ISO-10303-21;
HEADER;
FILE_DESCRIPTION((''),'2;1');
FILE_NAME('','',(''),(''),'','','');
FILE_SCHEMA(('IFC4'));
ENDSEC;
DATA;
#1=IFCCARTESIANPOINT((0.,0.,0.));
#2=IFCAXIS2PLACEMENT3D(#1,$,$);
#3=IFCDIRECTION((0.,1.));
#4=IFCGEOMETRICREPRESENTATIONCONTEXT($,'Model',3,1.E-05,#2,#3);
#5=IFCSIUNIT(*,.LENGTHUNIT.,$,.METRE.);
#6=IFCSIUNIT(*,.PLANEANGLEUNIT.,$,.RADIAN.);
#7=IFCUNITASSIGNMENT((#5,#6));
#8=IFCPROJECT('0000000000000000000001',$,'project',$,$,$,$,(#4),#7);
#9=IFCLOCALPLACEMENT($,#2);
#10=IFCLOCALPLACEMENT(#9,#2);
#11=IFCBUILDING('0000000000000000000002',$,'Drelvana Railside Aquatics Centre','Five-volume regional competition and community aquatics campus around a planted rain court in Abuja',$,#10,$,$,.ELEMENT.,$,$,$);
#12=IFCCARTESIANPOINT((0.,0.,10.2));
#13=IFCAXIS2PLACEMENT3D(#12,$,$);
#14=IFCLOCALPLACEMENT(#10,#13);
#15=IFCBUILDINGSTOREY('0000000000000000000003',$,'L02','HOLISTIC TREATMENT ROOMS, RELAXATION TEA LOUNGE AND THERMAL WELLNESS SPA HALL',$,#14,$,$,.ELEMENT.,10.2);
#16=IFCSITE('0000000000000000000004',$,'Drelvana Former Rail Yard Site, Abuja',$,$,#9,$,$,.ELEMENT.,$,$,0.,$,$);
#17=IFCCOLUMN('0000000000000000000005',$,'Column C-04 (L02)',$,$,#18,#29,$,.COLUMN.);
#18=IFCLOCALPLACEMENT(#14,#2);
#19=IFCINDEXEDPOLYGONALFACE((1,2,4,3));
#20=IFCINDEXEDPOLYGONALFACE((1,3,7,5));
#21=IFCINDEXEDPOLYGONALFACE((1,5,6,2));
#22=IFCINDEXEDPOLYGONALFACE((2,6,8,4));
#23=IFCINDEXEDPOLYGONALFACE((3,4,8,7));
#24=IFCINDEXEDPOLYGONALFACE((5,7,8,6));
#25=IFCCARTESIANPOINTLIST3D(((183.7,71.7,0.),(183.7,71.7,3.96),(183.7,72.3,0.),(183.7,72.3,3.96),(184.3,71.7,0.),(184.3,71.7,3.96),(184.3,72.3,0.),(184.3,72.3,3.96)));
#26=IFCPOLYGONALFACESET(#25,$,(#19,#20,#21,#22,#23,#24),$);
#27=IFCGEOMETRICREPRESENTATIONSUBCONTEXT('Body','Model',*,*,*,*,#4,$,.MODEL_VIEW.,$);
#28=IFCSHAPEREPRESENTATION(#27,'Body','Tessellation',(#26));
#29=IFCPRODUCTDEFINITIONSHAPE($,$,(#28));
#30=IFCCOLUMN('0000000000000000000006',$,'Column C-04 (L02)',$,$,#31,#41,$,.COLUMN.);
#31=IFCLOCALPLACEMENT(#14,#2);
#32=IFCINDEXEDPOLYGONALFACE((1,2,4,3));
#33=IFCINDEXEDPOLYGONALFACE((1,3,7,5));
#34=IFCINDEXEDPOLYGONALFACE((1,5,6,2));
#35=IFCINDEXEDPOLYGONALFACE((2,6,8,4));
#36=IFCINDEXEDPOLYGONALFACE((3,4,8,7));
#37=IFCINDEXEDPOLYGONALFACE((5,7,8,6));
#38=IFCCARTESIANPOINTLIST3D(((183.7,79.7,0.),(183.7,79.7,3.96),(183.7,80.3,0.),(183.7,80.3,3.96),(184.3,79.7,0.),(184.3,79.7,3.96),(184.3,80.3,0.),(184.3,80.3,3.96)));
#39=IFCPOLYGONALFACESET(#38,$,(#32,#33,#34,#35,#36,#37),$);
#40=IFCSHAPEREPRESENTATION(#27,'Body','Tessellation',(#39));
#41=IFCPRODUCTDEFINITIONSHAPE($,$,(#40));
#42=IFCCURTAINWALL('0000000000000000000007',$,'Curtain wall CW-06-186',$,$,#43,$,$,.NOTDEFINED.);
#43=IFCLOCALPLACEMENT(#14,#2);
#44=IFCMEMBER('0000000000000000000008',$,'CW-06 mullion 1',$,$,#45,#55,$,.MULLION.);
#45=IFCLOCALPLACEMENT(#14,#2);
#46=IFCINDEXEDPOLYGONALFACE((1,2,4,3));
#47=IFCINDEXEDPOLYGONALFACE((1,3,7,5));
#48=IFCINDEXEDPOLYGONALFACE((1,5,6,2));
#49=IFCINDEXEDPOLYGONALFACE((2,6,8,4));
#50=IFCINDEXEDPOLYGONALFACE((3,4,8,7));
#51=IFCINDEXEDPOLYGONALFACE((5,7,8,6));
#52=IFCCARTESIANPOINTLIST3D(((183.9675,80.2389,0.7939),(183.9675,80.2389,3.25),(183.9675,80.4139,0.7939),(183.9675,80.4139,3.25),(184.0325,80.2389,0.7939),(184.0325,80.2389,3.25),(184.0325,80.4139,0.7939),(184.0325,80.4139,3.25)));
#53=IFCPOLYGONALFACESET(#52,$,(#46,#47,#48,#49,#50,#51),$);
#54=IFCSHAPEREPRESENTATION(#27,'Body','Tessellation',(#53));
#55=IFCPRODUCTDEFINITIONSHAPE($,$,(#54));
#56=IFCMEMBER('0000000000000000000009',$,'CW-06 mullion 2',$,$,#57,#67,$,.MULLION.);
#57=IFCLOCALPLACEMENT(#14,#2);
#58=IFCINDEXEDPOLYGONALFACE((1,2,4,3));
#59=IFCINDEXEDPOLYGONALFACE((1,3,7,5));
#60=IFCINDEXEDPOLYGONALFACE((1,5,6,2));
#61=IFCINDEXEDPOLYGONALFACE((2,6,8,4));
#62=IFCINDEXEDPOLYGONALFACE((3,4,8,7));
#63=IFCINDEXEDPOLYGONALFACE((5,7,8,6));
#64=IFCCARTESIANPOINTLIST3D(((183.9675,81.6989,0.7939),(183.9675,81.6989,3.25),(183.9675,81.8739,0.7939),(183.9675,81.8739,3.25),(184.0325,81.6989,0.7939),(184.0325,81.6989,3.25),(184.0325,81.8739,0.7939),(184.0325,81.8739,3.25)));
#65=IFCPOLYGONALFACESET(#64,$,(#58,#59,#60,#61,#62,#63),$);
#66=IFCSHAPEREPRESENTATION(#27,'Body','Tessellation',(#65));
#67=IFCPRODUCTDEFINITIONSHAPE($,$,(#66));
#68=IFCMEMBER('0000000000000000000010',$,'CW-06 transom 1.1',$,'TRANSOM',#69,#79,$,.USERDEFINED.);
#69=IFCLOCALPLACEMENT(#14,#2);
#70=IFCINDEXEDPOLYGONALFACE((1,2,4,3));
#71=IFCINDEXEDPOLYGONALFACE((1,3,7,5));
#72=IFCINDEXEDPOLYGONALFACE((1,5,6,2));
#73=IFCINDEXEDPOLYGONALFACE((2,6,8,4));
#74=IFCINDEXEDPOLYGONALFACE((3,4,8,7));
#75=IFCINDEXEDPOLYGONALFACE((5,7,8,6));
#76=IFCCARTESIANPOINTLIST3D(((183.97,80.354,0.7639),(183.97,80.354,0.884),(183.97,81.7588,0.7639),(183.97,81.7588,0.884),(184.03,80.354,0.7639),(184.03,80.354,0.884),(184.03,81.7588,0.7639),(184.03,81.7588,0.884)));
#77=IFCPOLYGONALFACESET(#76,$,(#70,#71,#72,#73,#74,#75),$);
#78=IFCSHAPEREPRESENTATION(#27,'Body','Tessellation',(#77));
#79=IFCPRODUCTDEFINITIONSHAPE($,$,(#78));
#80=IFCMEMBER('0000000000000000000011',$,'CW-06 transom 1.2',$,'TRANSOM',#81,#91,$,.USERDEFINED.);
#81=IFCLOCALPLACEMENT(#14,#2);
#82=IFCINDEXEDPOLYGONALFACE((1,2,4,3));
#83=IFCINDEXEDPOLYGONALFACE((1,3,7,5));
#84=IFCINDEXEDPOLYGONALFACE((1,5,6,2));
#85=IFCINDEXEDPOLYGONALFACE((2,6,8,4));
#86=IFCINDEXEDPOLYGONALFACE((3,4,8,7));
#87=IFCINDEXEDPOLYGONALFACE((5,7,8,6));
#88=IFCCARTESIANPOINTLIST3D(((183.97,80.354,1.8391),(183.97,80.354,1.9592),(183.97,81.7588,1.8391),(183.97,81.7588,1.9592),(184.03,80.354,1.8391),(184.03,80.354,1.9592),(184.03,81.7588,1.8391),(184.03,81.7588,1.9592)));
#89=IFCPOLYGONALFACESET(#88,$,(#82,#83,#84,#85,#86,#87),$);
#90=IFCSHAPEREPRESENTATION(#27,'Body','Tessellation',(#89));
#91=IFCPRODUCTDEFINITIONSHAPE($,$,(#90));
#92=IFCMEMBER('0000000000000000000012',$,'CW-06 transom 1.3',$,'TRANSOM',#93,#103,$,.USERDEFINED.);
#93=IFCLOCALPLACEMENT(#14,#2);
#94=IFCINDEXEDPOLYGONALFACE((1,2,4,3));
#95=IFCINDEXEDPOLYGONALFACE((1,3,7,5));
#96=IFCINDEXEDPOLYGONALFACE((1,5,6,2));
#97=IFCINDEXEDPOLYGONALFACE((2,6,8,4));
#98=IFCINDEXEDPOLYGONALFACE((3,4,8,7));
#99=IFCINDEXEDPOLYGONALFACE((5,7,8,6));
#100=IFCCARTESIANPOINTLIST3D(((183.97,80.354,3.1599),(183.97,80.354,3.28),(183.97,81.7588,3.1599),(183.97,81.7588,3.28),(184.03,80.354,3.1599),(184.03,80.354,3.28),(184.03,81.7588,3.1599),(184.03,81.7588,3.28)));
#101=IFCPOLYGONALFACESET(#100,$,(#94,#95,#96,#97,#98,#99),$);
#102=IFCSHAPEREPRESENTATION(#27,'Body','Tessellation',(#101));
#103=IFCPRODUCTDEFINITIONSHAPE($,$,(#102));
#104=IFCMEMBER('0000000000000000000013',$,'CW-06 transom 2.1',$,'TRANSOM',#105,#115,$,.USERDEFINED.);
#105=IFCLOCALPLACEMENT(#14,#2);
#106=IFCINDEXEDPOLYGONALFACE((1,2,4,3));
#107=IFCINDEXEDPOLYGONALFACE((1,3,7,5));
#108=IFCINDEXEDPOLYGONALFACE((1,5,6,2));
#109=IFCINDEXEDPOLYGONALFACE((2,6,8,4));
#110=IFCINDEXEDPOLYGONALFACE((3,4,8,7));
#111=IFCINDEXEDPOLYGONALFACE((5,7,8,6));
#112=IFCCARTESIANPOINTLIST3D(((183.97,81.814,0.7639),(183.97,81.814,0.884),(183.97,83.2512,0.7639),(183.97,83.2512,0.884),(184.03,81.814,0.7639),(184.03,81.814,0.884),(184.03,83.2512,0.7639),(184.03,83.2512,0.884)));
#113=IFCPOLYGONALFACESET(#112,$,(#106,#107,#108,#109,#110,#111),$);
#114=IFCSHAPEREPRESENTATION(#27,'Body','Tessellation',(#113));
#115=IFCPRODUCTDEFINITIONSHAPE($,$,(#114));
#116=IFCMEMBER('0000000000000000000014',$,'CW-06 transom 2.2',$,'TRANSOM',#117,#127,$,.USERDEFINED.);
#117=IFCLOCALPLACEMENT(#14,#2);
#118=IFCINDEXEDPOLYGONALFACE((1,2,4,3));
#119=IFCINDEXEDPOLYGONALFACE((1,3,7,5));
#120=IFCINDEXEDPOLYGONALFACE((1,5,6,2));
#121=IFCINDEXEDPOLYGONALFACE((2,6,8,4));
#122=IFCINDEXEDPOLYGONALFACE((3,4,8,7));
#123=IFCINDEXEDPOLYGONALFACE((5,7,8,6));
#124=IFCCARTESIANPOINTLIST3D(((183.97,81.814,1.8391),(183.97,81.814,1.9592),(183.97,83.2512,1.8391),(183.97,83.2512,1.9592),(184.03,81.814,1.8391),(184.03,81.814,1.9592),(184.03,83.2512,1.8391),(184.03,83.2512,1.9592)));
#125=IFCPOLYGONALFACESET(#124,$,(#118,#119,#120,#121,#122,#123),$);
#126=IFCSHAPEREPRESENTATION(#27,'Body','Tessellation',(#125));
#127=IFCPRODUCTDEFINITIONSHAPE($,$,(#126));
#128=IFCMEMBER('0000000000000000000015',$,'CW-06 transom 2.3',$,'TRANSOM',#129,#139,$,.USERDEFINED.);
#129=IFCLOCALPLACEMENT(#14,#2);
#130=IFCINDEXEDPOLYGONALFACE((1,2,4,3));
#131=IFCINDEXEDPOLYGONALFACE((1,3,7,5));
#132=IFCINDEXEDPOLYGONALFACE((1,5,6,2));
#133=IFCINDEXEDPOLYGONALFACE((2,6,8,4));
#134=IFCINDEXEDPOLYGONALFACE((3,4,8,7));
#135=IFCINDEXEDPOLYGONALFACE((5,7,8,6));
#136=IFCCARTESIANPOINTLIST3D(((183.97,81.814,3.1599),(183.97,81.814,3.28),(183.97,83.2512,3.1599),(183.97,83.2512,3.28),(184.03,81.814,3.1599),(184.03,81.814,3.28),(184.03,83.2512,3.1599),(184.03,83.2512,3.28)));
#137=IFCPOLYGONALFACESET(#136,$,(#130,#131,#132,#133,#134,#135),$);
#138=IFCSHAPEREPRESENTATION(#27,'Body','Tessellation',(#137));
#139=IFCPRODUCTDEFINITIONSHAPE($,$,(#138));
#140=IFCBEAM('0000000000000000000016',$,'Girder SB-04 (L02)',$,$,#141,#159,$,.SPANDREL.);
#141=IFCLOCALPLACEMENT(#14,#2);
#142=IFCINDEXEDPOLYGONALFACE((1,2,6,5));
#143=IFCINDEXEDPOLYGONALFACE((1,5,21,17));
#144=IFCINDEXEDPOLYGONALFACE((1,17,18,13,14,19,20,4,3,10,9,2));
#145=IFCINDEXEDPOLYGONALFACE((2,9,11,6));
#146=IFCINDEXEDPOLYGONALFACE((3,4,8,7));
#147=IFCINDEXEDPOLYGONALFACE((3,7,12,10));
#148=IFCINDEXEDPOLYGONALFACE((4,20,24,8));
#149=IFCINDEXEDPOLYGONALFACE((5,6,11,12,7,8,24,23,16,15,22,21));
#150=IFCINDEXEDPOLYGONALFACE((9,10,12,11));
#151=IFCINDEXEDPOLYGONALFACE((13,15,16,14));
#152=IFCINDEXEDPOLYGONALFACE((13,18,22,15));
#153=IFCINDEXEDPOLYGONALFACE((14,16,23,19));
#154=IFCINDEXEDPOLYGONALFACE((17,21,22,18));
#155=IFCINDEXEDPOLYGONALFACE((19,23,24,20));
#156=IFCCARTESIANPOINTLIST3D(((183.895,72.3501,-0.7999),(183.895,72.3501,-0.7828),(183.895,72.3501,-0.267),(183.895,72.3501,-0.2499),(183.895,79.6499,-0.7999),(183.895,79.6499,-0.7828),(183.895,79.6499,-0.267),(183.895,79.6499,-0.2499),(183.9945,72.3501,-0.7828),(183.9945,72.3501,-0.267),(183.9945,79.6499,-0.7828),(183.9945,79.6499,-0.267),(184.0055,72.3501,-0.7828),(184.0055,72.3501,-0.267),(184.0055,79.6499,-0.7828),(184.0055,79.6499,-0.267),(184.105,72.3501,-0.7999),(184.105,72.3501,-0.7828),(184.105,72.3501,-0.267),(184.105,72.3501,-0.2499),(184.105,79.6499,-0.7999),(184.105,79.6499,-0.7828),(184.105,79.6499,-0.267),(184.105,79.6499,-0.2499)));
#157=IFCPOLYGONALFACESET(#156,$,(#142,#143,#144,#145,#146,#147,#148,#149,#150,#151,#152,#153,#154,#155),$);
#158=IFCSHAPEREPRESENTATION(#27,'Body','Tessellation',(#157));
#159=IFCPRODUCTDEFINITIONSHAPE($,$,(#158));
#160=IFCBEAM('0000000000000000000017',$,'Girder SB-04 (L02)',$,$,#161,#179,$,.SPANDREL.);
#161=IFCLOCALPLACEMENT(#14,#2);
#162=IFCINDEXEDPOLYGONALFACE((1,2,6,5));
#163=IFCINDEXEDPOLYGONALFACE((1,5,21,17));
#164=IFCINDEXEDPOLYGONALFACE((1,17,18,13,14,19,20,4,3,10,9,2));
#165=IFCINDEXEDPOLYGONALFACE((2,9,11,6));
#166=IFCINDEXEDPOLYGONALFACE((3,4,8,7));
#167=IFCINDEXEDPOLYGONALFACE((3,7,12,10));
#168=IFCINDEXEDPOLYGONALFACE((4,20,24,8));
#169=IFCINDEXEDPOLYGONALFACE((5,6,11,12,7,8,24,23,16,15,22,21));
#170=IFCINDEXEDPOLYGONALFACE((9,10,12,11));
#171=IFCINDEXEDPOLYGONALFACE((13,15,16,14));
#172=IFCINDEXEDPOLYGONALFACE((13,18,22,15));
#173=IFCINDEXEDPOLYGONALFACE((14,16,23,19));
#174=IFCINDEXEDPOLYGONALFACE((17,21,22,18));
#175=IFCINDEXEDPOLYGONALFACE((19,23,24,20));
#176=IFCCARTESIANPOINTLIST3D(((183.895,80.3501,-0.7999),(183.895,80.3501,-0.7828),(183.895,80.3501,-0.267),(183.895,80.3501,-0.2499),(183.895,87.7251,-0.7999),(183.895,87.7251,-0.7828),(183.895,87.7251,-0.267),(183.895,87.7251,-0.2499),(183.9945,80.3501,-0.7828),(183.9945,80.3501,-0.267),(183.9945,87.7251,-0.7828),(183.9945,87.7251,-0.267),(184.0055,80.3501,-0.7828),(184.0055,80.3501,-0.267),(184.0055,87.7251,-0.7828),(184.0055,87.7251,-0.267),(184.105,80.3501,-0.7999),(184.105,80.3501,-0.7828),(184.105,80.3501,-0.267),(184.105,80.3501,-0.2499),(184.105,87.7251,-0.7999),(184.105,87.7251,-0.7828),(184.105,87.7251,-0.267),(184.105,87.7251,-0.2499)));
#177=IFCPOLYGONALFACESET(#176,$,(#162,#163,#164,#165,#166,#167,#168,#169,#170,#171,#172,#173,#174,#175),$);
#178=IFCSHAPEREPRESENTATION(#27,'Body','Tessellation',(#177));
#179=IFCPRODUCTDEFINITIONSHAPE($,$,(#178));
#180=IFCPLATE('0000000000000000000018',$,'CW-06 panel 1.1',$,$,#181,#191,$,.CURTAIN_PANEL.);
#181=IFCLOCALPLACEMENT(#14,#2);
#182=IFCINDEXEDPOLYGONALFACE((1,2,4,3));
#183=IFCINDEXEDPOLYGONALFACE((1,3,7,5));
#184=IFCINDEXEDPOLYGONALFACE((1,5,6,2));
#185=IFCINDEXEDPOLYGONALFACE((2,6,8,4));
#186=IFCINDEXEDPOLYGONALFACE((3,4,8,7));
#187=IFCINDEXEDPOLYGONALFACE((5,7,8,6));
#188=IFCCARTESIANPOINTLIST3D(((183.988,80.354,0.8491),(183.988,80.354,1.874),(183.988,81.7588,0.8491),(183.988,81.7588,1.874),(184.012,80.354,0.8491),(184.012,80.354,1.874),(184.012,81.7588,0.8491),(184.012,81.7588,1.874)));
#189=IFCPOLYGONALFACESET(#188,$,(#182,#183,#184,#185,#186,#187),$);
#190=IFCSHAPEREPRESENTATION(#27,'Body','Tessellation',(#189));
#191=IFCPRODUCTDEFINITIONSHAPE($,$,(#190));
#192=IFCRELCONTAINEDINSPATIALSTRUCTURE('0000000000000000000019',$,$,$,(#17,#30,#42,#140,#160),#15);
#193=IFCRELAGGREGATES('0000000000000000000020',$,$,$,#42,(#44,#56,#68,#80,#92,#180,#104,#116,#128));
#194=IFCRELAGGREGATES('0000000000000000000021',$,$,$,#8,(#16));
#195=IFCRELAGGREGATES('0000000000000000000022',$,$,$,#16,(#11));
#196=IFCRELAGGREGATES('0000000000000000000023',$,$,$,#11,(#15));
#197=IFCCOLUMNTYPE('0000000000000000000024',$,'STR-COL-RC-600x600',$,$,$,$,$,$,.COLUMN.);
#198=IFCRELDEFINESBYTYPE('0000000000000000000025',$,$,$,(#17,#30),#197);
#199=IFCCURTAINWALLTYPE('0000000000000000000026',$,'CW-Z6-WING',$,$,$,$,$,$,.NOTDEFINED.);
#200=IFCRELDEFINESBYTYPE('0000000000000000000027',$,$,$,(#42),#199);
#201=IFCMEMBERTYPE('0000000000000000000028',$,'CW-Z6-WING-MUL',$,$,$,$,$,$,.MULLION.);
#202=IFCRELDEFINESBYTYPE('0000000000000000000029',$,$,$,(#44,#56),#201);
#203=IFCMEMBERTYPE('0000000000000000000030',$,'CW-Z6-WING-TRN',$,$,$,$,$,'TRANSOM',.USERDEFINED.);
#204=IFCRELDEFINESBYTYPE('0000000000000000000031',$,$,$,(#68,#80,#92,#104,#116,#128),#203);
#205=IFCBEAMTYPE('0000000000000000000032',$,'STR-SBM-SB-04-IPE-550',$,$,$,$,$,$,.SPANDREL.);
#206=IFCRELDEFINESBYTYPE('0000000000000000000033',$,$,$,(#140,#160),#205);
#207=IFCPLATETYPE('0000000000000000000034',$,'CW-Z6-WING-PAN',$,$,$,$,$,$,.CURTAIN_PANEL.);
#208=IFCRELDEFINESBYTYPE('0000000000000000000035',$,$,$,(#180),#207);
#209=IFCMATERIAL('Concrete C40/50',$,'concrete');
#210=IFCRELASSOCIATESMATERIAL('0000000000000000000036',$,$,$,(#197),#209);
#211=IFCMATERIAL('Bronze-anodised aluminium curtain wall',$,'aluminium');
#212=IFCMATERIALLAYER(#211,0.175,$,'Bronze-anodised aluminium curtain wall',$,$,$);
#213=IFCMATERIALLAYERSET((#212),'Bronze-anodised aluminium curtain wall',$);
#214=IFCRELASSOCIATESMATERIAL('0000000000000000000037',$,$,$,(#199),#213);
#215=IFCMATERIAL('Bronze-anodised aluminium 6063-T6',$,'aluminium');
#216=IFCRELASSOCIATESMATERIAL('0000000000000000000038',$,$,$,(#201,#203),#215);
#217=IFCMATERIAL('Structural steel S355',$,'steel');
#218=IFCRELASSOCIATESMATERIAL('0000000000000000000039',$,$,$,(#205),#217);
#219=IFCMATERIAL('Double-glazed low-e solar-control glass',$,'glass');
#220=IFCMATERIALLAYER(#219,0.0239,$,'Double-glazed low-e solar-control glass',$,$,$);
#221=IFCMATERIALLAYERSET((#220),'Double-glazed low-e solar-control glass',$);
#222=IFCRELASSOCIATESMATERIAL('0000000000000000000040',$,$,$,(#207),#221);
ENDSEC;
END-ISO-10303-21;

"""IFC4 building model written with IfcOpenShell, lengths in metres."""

from ifc_helpers import new_model, si_unit, direction, frame, origin, origin_2d, place, context, subcontext, project, spatial, rectangle, i_section, extrude, material, layer, layer_set, material_profile, profile_set, type_object, element, aggregate, save


model = new_model("IFC4")

# Units and contexts
model_context = context("Model", 3, precision=1e-05, world=origin(), true_north=direction((0.0, 1.0)))
body_context = subcontext(model_context, "Body", "Model", "MODEL_VIEW")
ifc_project = project(units=[si_unit("LENGTHUNIT", "METRE"), si_unit("PLANEANGLEUNIT", "RADIAN")], contexts=[model_context])

# Site, building, storey
site_placement = place(None, origin())
site = spatial("IfcSite", under=ifc_project, at=site_placement, Name="Drelvana Former Rail Yard Site, Abuja", CompositionType="ELEMENT", RefElevation=0.0)
building_placement = place(site_placement, origin())
building = spatial("IfcBuilding", under=site, at=building_placement, Name="Drelvana Railside Aquatics Centre", Description="Five-volume regional competition and community aquatics campus around a planted rain court in Abuja", CompositionType="ELEMENT")
storey_placement = place(building_placement, frame((0.0, 0.0, 10.2)))
storey = spatial("IfcBuildingStorey", under=building, at=storey_placement, Name="L02", Description="HOLISTIC TREATMENT ROOMS, RELAXATION TEA LOUNGE AND THERMAL WELLNESS SPA HALL", CompositionType="ELEMENT", Elevation=10.2)

# Columns
ifc_material_1 = material(Name="Concrete C40/50", Category="concrete")
ifc_material_profile_1 = material_profile(ifc_material_1, rectangle(XDim=0.6001, YDim=0.6001, at=origin_2d()), Name="RC 600x600")
ifc_profile_set_1 = profile_set([ifc_material_profile_1], Name="Concrete C40/50")
column_type = type_object("IfcColumnType", Name="STR-COL-RC-600x600", PredefinedType="COLUMN", material=ifc_profile_set_1)
for number, where, z_axis, x_axis, name in (
    (1, (184.0, 72.0, 0.0), (0.0, 0.0, 1.0), (1.0, 0.0, 0.0), "Column C-04 (L02)"),
    (2, (184.0, 80.0, 0.0), (0.0, 0.0, 1.0), (1.0, 0.0, 0.0), "Column C-04 (L02)"),
):
    element("IfcColumn", number, at=place(storey_placement, frame(where, z_axis=z_axis, x_axis=x_axis)), inside=storey, type_object=column_type, Name=name, PredefinedType="COLUMN", context=body_context, shape_type="SweptSolid", body=[
        extrude(rectangle(XDim=0.6001, YDim=0.6001, at=origin_2d()), origin(), (0.0, 0.0, 1.0), 3.96),
    ])

# Curtain wall, members
ifc_material_2 = material(Name="Bronze-anodised aluminium curtain wall", Category="aluminium")
ifc_layer_1 = layer(ifc_material_2, 0.175, Name="Bronze-anodised aluminium curtain wall")
ifc_layer_set_1 = layer_set([ifc_layer_1], Name="Bronze-anodised aluminium curtain wall")
curtain_wall_type = type_object("IfcCurtainWallType", Name="CW-Z6-WING", PredefinedType="NOTDEFINED", material=ifc_layer_set_1)
curtain_wall_placement = place(storey_placement, origin())
curtain_wall = element("IfcCurtainWall", 3, at=curtain_wall_placement, inside=storey, type_object=curtain_wall_type, Name="Curtain wall CW-06-186", PredefinedType="NOTDEFINED")
ifc_material_3 = material(Name="Bronze-anodised aluminium 6063-T6", Category="aluminium")
ifc_material_profile_2 = material_profile(ifc_material_3, rectangle(XDim=0.0649, YDim=0.175, at=origin_2d()), Name="ALU-M 65x175")
ifc_profile_set_2 = profile_set([ifc_material_profile_2], Name="Bronze-anodised aluminium 6063-T6")
member_type_1 = type_object("IfcMemberType", Name="CW-Z6-WING-MUL", PredefinedType="MULLION", material=ifc_profile_set_2)
member_1_placement = place(storey_placement, frame((184.0, 80.3264, 0.7939), z_axis=(0.0, 0.0, 1.0), x_axis=(-1.0, 0.0, 0.0)))
member_1 = element("IfcMember", 4, at=member_1_placement, type_object=member_type_1, Name="CW-06 mullion 1", PredefinedType="MULLION", context=body_context, shape_type="SweptSolid", body=[
    extrude(rectangle(XDim=0.0649, YDim=0.175, at=origin_2d()), origin(), (0.0, 0.0, 1.0), 2.4561),
])
member_2_placement = place(storey_placement, frame((184.0, 81.7864, 0.7939), z_axis=(0.0, 0.0, 1.0), x_axis=(-1.0, 0.0, 0.0)))
member_2 = element("IfcMember", 5, at=member_2_placement, type_object=member_type_1, Name="CW-06 mullion 2", PredefinedType="MULLION", context=body_context, shape_type="SweptSolid", body=[
    extrude(rectangle(XDim=0.0649, YDim=0.175, at=origin_2d()), origin(), (0.0, 0.0, 1.0), 2.4561),
])
ifc_material_profile_3 = material_profile(ifc_material_3, rectangle(XDim=0.1201, YDim=0.0601, at=origin_2d()), Name="ALU-T 60x120")
ifc_profile_set_3 = profile_set([ifc_material_profile_3], Name="Bronze-anodised aluminium 6063-T6")
member_type_2 = type_object("IfcMemberType", Name="CW-Z6-WING-TRN", ElementType="TRANSOM", PredefinedType="USERDEFINED", material=ifc_profile_set_3)
member_3_placement = place(storey_placement, frame((184.0, 80.354, 0.824), z_axis=(0.0, 1.0, 0.0), x_axis=(0.0, 0.0, 1.0)))
member_3 = element("IfcMember", 6, at=member_3_placement, type_object=member_type_2, Name="CW-06 transom 1.1", ObjectType="TRANSOM", PredefinedType="USERDEFINED", context=body_context, shape_type="SweptSolid", body=[
    extrude(rectangle(XDim=0.1201, YDim=0.0601, at=origin_2d()), origin(), (0.0, 0.0, 1.0), 1.4048),
])
member_4_placement = place(storey_placement, frame((184.0, 80.354, 1.8992), z_axis=(0.0, 1.0, 0.0), x_axis=(0.0, 0.0, 1.0)))
member_4 = element("IfcMember", 7, at=member_4_placement, type_object=member_type_2, Name="CW-06 transom 1.2", ObjectType="TRANSOM", PredefinedType="USERDEFINED", context=body_context, shape_type="SweptSolid", body=[
    extrude(rectangle(XDim=0.1201, YDim=0.0601, at=origin_2d()), origin(), (0.0, 0.0, 1.0), 1.4048),
])
member_5_placement = place(storey_placement, frame((184.0, 80.354, 3.22), z_axis=(0.0, 1.0, 0.0), x_axis=(0.0, 0.0, 1.0)))
member_5 = element("IfcMember", 8, at=member_5_placement, type_object=member_type_2, Name="CW-06 transom 1.3", ObjectType="TRANSOM", PredefinedType="USERDEFINED", context=body_context, shape_type="SweptSolid", body=[
    extrude(rectangle(XDim=0.1201, YDim=0.0601, at=origin_2d()), origin(), (0.0, 0.0, 1.0), 1.4048),
])
member_6_placement = place(storey_placement, frame((184.0, 81.814, 0.824), z_axis=(0.0, 1.0, 0.0), x_axis=(0.0, 0.0, 1.0)))
member_6 = element("IfcMember", 9, at=member_6_placement, type_object=member_type_2, Name="CW-06 transom 2.1", ObjectType="TRANSOM", PredefinedType="USERDEFINED", context=body_context, shape_type="SweptSolid", body=[
    extrude(rectangle(XDim=0.1201, YDim=0.0601, at=origin_2d()), origin(), (0.0, 0.0, 1.0), 1.4373),
])
member_7_placement = place(storey_placement, frame((184.0, 81.814, 1.8992), z_axis=(0.0, 1.0, 0.0), x_axis=(0.0, 0.0, 1.0)))
member_7 = element("IfcMember", 10, at=member_7_placement, type_object=member_type_2, Name="CW-06 transom 2.2", ObjectType="TRANSOM", PredefinedType="USERDEFINED", context=body_context, shape_type="SweptSolid", body=[
    extrude(rectangle(XDim=0.1201, YDim=0.0601, at=origin_2d()), origin(), (0.0, 0.0, 1.0), 1.4373),
])
member_8_placement = place(storey_placement, frame((184.0, 81.814, 3.22), z_axis=(0.0, 1.0, 0.0), x_axis=(0.0, 0.0, 1.0)))
member_8 = element("IfcMember", 11, at=member_8_placement, type_object=member_type_2, Name="CW-06 transom 2.3", ObjectType="TRANSOM", PredefinedType="USERDEFINED", context=body_context, shape_type="SweptSolid", body=[
    extrude(rectangle(XDim=0.1201, YDim=0.0601, at=origin_2d()), origin(), (0.0, 0.0, 1.0), 1.4373),
])

# Beams
ifc_material_4 = material(Name="Structural steel S355", Category="steel")
ifc_material_profile_4 = material_profile(ifc_material_4, i_section(OverallWidth=0.21, OverallDepth=0.55, WebThickness=0.011, FlangeThickness=0.0171, at=origin_2d()), Name="IPE 550")
ifc_profile_set_4 = profile_set([ifc_material_profile_4], Name="Structural steel S355")
beam_type = type_object("IfcBeamType", Name="STR-SBM-SB-04-IPE-550", PredefinedType="SPANDREL", material=ifc_profile_set_4)
beam_1_placement = place(storey_placement, frame((184.0, 72.3501, -0.5249), z_axis=(0.0, 1.0, 0.0), x_axis=(-1.0, 0.0, 0.0)))
element("IfcBeam", 12, at=beam_1_placement, inside=storey, type_object=beam_type, Name="Girder SB-04 (L02)", PredefinedType="SPANDREL", context=body_context, shape_type="SweptSolid", body=[
    extrude(i_section(OverallWidth=0.21, OverallDepth=0.55, WebThickness=0.011, FlangeThickness=0.0171, at=origin_2d()), origin(), (0.0, 0.0, 1.0), 7.2998),
])
beam_2_placement = place(storey_placement, frame((184.0, 80.3501, -0.5249), z_axis=(0.0, 1.0, 0.0), x_axis=(-1.0, 0.0, 0.0)))
element("IfcBeam", 13, at=beam_2_placement, inside=storey, type_object=beam_type, Name="Girder SB-04 (L02)", PredefinedType="SPANDREL", context=body_context, shape_type="SweptSolid", body=[
    extrude(i_section(OverallWidth=0.21, OverallDepth=0.55, WebThickness=0.011, FlangeThickness=0.0171, at=origin_2d()), origin(), (0.0, 0.0, 1.0), 7.375),
])

# Plate
ifc_material_5 = material(Name="Double-glazed low-e solar-control glass", Category="glass")
ifc_layer_2 = layer(ifc_material_5, 0.0239, Name="Double-glazed low-e solar-control glass")
ifc_layer_set_2 = layer_set([ifc_layer_2], Name="Double-glazed low-e solar-control glass")
plate_type = type_object("IfcPlateType", Name="CW-Z6-WING-PAN", PredefinedType="CURTAIN_PANEL", material=ifc_layer_set_2)
plate_1_placement = place(storey_placement, frame((184.0, 81.0564, 0.8491), z_axis=(0.0, 0.0, 1.0), x_axis=(0.0, 1.0, 0.0)))
plate_1 = element("IfcPlate", 14, at=plate_1_placement, type_object=plate_type, Name="CW-06 panel 1.1", PredefinedType="CURTAIN_PANEL", context=body_context, shape_type="SweptSolid", body=[
    extrude(rectangle(XDim=1.4048, YDim=0.0239, at=origin_2d()), origin(), (0.0, 0.0, 1.0), 1.0249),
])
aggregate(curtain_wall, [member_1, member_2, member_3, member_4, member_5, plate_1, member_6, member_7, member_8])

save(model, "model.ifc")
